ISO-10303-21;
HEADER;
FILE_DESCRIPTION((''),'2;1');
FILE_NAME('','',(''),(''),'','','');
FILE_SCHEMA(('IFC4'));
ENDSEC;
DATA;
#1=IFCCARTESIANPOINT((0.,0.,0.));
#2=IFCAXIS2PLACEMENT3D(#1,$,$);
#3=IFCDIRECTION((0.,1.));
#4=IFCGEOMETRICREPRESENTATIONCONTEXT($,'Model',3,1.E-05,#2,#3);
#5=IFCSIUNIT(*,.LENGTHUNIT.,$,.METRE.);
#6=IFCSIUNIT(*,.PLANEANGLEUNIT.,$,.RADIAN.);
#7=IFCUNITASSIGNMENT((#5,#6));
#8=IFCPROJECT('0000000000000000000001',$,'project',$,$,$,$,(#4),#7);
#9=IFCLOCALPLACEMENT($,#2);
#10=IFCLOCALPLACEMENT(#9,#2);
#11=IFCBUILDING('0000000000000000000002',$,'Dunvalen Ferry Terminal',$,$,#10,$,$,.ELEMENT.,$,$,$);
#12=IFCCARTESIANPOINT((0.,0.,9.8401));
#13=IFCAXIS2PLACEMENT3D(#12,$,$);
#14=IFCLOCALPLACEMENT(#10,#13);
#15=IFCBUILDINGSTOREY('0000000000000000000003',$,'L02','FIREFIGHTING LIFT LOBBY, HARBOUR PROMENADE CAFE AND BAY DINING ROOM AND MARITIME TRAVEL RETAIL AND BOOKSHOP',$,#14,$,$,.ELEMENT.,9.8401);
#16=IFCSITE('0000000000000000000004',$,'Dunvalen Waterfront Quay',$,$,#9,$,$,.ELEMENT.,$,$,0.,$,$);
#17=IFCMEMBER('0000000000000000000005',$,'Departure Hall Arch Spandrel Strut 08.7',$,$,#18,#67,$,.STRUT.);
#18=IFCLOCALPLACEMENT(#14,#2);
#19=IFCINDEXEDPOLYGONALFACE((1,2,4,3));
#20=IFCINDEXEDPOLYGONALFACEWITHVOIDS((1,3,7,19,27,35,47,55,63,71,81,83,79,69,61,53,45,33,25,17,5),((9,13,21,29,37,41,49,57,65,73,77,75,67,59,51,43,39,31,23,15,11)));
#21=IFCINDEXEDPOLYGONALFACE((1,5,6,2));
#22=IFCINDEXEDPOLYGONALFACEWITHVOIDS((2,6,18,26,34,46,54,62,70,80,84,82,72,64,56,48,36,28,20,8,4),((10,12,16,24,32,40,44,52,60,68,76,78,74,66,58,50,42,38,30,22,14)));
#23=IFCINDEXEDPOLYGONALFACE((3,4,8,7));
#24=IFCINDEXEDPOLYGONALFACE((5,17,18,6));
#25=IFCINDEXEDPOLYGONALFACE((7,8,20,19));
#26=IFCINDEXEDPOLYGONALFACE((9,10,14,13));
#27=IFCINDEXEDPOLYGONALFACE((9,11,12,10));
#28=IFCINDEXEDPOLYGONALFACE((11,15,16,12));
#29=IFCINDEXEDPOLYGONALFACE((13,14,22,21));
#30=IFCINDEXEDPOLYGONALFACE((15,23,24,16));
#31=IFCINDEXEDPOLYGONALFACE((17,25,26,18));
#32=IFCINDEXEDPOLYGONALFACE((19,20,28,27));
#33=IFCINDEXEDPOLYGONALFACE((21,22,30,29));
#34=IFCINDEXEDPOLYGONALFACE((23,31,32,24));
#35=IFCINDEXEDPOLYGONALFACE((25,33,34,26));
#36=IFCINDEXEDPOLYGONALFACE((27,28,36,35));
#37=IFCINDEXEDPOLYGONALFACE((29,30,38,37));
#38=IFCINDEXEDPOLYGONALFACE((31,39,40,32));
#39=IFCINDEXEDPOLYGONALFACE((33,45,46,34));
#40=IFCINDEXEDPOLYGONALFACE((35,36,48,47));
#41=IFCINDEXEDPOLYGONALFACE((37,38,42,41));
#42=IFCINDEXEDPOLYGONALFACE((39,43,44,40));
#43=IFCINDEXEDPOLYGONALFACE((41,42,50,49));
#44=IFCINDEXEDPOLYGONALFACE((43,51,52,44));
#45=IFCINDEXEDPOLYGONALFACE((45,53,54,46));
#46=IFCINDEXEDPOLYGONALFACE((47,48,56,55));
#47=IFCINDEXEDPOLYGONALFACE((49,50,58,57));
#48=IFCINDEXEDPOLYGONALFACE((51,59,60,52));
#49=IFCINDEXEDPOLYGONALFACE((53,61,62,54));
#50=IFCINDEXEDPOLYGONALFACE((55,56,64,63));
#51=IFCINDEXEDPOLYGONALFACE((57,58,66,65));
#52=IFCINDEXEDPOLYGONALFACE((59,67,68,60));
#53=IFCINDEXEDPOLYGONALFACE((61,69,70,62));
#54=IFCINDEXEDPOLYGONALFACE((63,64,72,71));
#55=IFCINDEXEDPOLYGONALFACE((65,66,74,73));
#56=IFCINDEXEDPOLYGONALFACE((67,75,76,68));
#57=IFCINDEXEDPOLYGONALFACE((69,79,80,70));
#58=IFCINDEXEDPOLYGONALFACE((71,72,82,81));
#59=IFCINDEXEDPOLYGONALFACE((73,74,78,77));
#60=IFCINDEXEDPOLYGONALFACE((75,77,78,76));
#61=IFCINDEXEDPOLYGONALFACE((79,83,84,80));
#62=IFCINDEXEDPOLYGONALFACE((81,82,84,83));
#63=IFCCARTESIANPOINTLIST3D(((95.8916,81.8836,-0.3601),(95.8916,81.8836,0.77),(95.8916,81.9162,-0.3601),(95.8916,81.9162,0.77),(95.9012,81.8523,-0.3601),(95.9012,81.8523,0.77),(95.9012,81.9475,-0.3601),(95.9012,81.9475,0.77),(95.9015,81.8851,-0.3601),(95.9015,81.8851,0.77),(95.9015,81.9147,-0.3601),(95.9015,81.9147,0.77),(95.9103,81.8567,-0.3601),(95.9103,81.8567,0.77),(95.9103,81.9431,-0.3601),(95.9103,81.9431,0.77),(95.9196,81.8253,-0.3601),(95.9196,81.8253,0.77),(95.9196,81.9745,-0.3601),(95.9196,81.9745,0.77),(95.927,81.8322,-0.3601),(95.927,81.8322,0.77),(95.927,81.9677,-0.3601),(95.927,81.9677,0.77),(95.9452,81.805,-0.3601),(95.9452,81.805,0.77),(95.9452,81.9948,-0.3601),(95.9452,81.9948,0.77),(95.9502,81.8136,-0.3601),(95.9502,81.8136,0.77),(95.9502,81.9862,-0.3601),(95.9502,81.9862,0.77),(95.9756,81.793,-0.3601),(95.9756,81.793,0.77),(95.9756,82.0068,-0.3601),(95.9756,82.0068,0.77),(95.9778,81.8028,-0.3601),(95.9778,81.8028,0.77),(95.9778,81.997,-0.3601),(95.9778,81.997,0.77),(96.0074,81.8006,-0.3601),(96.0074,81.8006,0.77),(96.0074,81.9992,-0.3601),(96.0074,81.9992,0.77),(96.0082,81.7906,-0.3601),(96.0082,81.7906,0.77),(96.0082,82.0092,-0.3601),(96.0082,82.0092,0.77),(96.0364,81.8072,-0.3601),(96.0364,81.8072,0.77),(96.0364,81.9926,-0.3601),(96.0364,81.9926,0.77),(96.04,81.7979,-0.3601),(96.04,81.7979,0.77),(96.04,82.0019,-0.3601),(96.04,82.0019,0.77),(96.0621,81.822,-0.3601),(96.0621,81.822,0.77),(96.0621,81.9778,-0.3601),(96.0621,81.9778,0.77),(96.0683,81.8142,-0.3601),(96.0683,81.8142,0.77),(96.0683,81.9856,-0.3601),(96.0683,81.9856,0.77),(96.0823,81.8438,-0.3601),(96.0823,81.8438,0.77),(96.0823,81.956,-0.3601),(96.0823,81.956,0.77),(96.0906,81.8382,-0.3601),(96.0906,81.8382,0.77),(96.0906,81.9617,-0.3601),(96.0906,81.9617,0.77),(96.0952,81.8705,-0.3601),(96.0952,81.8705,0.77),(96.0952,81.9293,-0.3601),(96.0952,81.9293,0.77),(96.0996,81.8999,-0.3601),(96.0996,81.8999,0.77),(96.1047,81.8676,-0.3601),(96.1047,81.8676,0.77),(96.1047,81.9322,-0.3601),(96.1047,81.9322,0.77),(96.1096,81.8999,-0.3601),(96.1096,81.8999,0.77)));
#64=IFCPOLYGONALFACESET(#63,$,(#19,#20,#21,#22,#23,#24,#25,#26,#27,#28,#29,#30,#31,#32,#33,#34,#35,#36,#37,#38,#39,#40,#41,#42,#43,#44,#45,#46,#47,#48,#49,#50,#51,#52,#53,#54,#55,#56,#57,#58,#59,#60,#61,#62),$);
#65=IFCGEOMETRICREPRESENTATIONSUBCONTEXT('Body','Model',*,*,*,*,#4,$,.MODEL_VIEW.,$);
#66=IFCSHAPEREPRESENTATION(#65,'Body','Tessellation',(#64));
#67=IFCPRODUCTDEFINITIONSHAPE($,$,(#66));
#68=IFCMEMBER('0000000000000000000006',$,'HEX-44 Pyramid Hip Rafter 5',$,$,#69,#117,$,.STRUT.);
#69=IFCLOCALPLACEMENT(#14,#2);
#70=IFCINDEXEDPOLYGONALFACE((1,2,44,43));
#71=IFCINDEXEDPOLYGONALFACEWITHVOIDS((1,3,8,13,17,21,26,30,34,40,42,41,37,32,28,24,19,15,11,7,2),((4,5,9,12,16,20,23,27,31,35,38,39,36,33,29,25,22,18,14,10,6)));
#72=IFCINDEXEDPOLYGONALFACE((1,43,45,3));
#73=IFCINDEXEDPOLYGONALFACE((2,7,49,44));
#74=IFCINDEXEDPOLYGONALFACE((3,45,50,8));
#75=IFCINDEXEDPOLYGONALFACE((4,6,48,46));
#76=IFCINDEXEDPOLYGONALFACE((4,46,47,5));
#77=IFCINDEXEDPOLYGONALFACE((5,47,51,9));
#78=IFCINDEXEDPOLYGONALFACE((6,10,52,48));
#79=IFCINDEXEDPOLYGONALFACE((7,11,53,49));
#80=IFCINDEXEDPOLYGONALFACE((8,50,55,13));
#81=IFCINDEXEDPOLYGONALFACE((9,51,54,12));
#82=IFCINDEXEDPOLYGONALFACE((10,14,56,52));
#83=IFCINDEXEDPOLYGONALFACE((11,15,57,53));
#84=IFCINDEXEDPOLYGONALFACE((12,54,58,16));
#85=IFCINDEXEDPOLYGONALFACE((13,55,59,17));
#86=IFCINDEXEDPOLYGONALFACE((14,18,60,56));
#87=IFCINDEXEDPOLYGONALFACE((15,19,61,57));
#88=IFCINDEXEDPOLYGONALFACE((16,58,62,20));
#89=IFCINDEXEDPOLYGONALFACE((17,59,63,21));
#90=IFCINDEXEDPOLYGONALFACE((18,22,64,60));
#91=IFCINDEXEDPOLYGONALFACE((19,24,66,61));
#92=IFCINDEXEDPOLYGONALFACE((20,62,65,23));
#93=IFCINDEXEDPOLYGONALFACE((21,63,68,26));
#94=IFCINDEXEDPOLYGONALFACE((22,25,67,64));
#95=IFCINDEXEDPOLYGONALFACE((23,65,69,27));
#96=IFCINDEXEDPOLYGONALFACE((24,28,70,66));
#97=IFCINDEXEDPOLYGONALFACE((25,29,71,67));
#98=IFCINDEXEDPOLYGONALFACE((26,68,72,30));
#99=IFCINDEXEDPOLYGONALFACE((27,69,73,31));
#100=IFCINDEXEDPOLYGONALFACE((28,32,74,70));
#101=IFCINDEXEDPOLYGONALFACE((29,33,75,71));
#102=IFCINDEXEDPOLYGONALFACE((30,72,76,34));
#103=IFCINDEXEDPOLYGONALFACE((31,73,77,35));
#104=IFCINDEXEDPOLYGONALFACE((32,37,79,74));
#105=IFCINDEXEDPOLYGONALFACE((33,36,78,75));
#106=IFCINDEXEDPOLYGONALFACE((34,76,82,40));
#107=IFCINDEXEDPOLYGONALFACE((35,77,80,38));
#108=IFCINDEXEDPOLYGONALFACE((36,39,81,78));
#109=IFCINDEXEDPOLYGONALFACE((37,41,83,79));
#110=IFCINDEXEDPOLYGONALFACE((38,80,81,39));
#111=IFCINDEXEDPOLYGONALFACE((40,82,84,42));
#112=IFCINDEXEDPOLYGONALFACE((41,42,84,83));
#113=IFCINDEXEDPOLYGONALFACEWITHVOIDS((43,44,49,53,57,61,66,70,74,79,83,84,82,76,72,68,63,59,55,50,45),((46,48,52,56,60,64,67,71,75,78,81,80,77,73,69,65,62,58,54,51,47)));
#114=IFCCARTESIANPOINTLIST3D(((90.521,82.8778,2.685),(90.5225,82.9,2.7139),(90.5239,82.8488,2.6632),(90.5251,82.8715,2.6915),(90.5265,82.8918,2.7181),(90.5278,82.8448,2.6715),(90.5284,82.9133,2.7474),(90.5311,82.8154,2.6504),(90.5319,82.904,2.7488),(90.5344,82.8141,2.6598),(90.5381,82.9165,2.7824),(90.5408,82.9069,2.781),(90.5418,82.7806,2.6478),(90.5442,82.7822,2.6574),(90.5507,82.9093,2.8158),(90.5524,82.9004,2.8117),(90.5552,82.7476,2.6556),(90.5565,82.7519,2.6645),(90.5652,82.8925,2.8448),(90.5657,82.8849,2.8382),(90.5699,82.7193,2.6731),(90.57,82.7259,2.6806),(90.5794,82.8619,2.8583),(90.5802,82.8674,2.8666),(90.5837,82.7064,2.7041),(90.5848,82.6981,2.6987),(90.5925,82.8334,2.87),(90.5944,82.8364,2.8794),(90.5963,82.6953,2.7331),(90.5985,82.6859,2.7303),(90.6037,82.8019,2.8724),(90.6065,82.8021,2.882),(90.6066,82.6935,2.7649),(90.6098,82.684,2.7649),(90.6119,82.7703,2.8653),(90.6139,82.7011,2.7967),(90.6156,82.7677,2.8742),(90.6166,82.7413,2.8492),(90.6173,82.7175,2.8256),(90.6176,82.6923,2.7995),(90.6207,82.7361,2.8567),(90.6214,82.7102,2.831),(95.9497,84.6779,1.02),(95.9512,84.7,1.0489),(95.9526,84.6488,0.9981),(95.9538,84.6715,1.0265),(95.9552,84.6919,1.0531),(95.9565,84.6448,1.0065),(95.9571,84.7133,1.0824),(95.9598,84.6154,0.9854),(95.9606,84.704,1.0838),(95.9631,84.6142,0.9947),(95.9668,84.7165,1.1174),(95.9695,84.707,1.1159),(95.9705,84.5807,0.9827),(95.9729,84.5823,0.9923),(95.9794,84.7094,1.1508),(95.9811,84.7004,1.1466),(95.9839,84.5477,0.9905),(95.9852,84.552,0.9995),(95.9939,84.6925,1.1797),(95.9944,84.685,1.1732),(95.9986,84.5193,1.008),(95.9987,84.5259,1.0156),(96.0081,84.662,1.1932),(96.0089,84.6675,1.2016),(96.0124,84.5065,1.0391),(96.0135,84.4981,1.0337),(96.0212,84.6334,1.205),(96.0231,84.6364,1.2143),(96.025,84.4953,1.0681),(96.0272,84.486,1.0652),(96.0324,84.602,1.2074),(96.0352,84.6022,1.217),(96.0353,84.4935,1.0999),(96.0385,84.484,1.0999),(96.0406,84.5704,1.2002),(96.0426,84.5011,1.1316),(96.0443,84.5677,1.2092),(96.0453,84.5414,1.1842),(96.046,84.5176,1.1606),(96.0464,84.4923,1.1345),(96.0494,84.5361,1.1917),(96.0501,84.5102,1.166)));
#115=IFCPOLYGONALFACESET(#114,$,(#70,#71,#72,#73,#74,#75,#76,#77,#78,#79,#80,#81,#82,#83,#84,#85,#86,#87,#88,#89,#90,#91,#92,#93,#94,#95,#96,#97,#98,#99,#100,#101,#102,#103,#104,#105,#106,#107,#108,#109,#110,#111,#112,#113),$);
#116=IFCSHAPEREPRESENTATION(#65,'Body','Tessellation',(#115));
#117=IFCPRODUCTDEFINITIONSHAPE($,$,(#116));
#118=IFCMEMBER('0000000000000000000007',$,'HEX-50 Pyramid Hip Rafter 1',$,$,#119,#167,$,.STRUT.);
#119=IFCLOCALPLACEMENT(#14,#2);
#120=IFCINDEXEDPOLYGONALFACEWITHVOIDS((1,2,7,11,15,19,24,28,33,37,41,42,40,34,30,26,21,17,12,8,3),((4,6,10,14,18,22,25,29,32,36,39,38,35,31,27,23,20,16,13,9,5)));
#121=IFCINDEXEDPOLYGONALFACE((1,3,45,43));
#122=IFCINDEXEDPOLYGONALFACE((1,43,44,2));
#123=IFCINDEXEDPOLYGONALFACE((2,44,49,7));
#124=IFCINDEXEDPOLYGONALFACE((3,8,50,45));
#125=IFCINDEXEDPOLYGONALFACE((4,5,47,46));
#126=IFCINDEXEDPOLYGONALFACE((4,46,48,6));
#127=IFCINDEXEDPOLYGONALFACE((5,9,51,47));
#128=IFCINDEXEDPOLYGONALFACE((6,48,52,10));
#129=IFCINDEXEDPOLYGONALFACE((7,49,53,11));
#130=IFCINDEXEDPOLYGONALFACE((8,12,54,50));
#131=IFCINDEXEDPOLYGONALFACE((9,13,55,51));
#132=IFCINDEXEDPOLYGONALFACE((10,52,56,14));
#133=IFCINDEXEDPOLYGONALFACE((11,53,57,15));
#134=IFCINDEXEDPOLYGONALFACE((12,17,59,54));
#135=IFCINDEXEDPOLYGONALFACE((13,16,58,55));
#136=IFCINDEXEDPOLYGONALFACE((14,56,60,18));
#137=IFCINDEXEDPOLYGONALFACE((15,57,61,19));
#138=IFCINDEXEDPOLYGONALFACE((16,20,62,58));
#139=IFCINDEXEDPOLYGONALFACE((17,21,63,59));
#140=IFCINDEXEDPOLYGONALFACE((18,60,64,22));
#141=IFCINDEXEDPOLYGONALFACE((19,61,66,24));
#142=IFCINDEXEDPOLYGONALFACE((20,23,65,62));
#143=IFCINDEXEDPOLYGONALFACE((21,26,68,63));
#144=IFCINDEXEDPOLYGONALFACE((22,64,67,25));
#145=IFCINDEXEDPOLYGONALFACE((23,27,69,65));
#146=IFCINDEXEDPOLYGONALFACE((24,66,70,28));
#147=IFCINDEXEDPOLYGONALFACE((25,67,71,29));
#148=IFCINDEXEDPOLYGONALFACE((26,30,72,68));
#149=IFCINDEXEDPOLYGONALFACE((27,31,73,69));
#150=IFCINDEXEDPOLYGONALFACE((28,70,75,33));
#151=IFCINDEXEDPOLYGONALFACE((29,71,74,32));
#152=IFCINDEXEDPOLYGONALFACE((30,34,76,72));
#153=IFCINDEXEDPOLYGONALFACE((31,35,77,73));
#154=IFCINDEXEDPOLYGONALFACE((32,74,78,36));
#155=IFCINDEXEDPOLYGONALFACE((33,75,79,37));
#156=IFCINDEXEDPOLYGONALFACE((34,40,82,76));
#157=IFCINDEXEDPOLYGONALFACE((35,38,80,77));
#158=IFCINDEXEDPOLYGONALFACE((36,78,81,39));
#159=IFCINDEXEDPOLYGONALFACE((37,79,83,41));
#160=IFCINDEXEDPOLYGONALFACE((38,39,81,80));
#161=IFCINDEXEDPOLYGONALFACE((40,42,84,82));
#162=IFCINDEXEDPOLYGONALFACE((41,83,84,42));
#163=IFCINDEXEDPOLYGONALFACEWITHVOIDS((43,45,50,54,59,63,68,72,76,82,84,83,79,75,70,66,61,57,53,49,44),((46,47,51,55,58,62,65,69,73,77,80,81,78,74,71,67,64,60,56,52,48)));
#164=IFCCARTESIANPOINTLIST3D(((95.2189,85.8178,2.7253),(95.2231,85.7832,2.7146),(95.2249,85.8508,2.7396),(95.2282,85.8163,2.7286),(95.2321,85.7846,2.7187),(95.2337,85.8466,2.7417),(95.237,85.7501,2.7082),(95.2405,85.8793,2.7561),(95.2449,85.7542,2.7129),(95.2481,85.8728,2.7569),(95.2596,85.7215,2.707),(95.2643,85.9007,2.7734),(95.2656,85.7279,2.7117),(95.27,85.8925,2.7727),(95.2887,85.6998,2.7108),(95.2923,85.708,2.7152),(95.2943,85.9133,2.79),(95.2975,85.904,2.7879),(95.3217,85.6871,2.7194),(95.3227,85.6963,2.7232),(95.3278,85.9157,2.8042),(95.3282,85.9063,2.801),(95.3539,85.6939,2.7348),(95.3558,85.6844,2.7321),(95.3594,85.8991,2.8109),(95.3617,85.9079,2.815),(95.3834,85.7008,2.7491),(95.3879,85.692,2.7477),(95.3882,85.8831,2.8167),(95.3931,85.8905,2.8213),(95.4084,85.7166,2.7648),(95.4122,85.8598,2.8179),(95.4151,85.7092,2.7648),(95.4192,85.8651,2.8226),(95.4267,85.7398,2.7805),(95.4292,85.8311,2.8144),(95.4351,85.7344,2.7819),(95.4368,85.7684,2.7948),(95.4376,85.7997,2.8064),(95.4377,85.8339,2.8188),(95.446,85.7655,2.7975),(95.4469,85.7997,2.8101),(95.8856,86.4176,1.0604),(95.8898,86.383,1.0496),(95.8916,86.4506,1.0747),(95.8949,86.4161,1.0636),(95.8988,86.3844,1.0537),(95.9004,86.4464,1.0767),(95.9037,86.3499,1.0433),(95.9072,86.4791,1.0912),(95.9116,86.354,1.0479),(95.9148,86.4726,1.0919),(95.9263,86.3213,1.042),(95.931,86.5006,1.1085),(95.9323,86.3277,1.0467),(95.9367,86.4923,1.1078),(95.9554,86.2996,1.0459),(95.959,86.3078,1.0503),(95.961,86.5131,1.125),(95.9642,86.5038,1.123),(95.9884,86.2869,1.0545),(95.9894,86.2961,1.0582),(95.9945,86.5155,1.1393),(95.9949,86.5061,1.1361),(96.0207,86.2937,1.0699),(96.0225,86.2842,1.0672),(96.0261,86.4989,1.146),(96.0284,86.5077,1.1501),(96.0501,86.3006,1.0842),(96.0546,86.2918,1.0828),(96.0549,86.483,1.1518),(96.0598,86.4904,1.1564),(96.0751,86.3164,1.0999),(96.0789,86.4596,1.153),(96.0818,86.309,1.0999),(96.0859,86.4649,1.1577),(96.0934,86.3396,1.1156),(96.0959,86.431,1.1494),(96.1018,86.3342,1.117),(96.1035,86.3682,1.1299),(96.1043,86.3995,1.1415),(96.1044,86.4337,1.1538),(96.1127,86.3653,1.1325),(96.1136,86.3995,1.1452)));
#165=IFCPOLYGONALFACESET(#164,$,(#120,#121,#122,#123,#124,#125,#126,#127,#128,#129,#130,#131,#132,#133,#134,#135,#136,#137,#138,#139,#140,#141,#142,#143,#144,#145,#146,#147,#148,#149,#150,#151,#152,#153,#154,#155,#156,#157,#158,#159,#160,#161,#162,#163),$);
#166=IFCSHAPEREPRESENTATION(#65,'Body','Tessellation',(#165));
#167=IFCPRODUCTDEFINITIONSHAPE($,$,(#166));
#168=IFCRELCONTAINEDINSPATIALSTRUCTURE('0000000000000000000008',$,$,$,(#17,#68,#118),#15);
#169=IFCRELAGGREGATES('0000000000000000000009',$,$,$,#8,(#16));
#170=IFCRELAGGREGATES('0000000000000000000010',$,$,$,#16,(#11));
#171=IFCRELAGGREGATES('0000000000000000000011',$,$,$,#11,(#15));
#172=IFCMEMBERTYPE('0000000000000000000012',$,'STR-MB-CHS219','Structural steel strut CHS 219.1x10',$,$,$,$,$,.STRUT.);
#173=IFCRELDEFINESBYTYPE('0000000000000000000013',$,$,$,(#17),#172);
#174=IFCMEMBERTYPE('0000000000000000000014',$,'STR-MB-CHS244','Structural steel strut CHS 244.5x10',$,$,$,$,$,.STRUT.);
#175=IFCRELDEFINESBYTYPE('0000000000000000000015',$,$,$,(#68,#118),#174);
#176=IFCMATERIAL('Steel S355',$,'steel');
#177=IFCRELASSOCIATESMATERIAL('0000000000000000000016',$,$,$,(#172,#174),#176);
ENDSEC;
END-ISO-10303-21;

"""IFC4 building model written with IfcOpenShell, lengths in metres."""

from ifc_helpers import new_model, si_unit, direction, frame, origin, origin_2d, place, context, subcontext, project, spatial, hollow_circle, extrude, material, material_profile, profile_set, type_object, element, save


model = new_model("IFC4")

# Units and contexts
model_context = context("Model", 3, precision=1e-05, world=origin(), true_north=direction((0.0, 1.0)))
body_context = subcontext(model_context, "Body", "Model", "MODEL_VIEW")
ifc_project = project(units=[si_unit("LENGTHUNIT", "METRE"), si_unit("PLANEANGLEUNIT", "RADIAN")], contexts=[model_context])

# Site, building, storey
site_placement = place(None, origin())
site = spatial("IfcSite", under=ifc_project, at=site_placement, Name="Dunvalen Waterfront Quay", CompositionType="ELEMENT", RefElevation=0.0)
building_placement = place(site_placement, origin())
building = spatial("IfcBuilding", under=site, at=building_placement, Name="Dunvalen Ferry Terminal", CompositionType="ELEMENT")
storey_placement = place(building_placement, frame((0.0, 0.0, 9.8401)))
storey = spatial("IfcBuildingStorey", under=building, at=storey_placement, Name="L02", Description="FIREFIGHTING LIFT LOBBY, HARBOUR PROMENADE CAFE AND BAY DINING ROOM AND MARITIME TRAVEL RETAIL AND BOOKSHOP", CompositionType="ELEMENT", Elevation=9.8401)

# Shared definitions
ifc_material_1 = material(Name="Steel S355", Category="steel")

# Members
ifc_material_profile_1 = material_profile(ifc_material_1, hollow_circle(Radius=0.1096, WallThickness=0.01, at=origin_2d()), Name="Steel S355")
ifc_profile_set_1 = profile_set([ifc_material_profile_1], Name="Steel S355")
member_type_1 = type_object("IfcMemberType", Name="STR-MB-CHS219", Description="Structural steel strut CHS 219.1x10", PredefinedType="STRUT", material=ifc_profile_set_1)
member_1_placement = place(storey_placement, frame((96.0, 81.8999, -0.3601), z_axis=(0.0, 0.0, 1.0), x_axis=(1.0, 0.0, 0.0)))
element("IfcMember", 1, at=member_1_placement, inside=storey, type_object=member_type_1, Name="Departure Hall Arch Spandrel Strut 08.7", PredefinedType="STRUT", context=body_context, shape_type="SweptSolid", body=[
    extrude(hollow_circle(Radius=0.1096, WallThickness=0.01, at=origin_2d()), origin(), (0.0, 0.0, 1.0), 1.1301),
])
ifc_material_profile_2 = material_profile(ifc_material_1, hollow_circle(Radius=0.1223, WallThickness=0.01, at=origin_2d()), Name="Steel S355")
ifc_profile_set_2 = profile_set([ifc_material_profile_2], Name="Steel S355")
member_type_2 = type_object("IfcMemberType", Name="STR-MB-CHS244", Description="Structural steel strut CHS 244.5x10", PredefinedType="STRUT", material=ifc_profile_set_2)
member_2_placement = place(storey_placement, frame((96.0, 84.6001, 1.0999), z_axis=(-0.911347, -0.302184, 0.279519), x_axis=(0.314729, -0.949182, 0.0)))
element("IfcMember", 2, at=member_2_placement, inside=storey, type_object=member_type_2, Name="HEX-44 Pyramid Hip Rafter 5", PredefinedType="STRUT", context=body_context, shape_type="SweptSolid", body=[
    extrude(hollow_circle(Radius=0.1223, WallThickness=0.01, at=origin_2d()), origin(), (0.0, 0.0, 1.0), 5.9568),
])
member_3_placement = place(storey_placement, frame((96.0, 86.3999, 1.0999), z_axis=(-0.352548, -0.317177, 0.880402), x_axis=(0.668829, -0.743416, 0.0)))
element("IfcMember", 3, at=member_3_placement, inside=storey, type_object=member_type_2, Name="HEX-50 Pyramid Hip Rafter 1", PredefinedType="STRUT", context=body_context, shape_type="SweptSolid", body=[
    extrude(hollow_circle(Radius=0.1223, WallThickness=0.01, at=origin_2d()), origin(), (0.0, 0.0, 1.0), 1.8911),
])

save(model, "model.ifc")
